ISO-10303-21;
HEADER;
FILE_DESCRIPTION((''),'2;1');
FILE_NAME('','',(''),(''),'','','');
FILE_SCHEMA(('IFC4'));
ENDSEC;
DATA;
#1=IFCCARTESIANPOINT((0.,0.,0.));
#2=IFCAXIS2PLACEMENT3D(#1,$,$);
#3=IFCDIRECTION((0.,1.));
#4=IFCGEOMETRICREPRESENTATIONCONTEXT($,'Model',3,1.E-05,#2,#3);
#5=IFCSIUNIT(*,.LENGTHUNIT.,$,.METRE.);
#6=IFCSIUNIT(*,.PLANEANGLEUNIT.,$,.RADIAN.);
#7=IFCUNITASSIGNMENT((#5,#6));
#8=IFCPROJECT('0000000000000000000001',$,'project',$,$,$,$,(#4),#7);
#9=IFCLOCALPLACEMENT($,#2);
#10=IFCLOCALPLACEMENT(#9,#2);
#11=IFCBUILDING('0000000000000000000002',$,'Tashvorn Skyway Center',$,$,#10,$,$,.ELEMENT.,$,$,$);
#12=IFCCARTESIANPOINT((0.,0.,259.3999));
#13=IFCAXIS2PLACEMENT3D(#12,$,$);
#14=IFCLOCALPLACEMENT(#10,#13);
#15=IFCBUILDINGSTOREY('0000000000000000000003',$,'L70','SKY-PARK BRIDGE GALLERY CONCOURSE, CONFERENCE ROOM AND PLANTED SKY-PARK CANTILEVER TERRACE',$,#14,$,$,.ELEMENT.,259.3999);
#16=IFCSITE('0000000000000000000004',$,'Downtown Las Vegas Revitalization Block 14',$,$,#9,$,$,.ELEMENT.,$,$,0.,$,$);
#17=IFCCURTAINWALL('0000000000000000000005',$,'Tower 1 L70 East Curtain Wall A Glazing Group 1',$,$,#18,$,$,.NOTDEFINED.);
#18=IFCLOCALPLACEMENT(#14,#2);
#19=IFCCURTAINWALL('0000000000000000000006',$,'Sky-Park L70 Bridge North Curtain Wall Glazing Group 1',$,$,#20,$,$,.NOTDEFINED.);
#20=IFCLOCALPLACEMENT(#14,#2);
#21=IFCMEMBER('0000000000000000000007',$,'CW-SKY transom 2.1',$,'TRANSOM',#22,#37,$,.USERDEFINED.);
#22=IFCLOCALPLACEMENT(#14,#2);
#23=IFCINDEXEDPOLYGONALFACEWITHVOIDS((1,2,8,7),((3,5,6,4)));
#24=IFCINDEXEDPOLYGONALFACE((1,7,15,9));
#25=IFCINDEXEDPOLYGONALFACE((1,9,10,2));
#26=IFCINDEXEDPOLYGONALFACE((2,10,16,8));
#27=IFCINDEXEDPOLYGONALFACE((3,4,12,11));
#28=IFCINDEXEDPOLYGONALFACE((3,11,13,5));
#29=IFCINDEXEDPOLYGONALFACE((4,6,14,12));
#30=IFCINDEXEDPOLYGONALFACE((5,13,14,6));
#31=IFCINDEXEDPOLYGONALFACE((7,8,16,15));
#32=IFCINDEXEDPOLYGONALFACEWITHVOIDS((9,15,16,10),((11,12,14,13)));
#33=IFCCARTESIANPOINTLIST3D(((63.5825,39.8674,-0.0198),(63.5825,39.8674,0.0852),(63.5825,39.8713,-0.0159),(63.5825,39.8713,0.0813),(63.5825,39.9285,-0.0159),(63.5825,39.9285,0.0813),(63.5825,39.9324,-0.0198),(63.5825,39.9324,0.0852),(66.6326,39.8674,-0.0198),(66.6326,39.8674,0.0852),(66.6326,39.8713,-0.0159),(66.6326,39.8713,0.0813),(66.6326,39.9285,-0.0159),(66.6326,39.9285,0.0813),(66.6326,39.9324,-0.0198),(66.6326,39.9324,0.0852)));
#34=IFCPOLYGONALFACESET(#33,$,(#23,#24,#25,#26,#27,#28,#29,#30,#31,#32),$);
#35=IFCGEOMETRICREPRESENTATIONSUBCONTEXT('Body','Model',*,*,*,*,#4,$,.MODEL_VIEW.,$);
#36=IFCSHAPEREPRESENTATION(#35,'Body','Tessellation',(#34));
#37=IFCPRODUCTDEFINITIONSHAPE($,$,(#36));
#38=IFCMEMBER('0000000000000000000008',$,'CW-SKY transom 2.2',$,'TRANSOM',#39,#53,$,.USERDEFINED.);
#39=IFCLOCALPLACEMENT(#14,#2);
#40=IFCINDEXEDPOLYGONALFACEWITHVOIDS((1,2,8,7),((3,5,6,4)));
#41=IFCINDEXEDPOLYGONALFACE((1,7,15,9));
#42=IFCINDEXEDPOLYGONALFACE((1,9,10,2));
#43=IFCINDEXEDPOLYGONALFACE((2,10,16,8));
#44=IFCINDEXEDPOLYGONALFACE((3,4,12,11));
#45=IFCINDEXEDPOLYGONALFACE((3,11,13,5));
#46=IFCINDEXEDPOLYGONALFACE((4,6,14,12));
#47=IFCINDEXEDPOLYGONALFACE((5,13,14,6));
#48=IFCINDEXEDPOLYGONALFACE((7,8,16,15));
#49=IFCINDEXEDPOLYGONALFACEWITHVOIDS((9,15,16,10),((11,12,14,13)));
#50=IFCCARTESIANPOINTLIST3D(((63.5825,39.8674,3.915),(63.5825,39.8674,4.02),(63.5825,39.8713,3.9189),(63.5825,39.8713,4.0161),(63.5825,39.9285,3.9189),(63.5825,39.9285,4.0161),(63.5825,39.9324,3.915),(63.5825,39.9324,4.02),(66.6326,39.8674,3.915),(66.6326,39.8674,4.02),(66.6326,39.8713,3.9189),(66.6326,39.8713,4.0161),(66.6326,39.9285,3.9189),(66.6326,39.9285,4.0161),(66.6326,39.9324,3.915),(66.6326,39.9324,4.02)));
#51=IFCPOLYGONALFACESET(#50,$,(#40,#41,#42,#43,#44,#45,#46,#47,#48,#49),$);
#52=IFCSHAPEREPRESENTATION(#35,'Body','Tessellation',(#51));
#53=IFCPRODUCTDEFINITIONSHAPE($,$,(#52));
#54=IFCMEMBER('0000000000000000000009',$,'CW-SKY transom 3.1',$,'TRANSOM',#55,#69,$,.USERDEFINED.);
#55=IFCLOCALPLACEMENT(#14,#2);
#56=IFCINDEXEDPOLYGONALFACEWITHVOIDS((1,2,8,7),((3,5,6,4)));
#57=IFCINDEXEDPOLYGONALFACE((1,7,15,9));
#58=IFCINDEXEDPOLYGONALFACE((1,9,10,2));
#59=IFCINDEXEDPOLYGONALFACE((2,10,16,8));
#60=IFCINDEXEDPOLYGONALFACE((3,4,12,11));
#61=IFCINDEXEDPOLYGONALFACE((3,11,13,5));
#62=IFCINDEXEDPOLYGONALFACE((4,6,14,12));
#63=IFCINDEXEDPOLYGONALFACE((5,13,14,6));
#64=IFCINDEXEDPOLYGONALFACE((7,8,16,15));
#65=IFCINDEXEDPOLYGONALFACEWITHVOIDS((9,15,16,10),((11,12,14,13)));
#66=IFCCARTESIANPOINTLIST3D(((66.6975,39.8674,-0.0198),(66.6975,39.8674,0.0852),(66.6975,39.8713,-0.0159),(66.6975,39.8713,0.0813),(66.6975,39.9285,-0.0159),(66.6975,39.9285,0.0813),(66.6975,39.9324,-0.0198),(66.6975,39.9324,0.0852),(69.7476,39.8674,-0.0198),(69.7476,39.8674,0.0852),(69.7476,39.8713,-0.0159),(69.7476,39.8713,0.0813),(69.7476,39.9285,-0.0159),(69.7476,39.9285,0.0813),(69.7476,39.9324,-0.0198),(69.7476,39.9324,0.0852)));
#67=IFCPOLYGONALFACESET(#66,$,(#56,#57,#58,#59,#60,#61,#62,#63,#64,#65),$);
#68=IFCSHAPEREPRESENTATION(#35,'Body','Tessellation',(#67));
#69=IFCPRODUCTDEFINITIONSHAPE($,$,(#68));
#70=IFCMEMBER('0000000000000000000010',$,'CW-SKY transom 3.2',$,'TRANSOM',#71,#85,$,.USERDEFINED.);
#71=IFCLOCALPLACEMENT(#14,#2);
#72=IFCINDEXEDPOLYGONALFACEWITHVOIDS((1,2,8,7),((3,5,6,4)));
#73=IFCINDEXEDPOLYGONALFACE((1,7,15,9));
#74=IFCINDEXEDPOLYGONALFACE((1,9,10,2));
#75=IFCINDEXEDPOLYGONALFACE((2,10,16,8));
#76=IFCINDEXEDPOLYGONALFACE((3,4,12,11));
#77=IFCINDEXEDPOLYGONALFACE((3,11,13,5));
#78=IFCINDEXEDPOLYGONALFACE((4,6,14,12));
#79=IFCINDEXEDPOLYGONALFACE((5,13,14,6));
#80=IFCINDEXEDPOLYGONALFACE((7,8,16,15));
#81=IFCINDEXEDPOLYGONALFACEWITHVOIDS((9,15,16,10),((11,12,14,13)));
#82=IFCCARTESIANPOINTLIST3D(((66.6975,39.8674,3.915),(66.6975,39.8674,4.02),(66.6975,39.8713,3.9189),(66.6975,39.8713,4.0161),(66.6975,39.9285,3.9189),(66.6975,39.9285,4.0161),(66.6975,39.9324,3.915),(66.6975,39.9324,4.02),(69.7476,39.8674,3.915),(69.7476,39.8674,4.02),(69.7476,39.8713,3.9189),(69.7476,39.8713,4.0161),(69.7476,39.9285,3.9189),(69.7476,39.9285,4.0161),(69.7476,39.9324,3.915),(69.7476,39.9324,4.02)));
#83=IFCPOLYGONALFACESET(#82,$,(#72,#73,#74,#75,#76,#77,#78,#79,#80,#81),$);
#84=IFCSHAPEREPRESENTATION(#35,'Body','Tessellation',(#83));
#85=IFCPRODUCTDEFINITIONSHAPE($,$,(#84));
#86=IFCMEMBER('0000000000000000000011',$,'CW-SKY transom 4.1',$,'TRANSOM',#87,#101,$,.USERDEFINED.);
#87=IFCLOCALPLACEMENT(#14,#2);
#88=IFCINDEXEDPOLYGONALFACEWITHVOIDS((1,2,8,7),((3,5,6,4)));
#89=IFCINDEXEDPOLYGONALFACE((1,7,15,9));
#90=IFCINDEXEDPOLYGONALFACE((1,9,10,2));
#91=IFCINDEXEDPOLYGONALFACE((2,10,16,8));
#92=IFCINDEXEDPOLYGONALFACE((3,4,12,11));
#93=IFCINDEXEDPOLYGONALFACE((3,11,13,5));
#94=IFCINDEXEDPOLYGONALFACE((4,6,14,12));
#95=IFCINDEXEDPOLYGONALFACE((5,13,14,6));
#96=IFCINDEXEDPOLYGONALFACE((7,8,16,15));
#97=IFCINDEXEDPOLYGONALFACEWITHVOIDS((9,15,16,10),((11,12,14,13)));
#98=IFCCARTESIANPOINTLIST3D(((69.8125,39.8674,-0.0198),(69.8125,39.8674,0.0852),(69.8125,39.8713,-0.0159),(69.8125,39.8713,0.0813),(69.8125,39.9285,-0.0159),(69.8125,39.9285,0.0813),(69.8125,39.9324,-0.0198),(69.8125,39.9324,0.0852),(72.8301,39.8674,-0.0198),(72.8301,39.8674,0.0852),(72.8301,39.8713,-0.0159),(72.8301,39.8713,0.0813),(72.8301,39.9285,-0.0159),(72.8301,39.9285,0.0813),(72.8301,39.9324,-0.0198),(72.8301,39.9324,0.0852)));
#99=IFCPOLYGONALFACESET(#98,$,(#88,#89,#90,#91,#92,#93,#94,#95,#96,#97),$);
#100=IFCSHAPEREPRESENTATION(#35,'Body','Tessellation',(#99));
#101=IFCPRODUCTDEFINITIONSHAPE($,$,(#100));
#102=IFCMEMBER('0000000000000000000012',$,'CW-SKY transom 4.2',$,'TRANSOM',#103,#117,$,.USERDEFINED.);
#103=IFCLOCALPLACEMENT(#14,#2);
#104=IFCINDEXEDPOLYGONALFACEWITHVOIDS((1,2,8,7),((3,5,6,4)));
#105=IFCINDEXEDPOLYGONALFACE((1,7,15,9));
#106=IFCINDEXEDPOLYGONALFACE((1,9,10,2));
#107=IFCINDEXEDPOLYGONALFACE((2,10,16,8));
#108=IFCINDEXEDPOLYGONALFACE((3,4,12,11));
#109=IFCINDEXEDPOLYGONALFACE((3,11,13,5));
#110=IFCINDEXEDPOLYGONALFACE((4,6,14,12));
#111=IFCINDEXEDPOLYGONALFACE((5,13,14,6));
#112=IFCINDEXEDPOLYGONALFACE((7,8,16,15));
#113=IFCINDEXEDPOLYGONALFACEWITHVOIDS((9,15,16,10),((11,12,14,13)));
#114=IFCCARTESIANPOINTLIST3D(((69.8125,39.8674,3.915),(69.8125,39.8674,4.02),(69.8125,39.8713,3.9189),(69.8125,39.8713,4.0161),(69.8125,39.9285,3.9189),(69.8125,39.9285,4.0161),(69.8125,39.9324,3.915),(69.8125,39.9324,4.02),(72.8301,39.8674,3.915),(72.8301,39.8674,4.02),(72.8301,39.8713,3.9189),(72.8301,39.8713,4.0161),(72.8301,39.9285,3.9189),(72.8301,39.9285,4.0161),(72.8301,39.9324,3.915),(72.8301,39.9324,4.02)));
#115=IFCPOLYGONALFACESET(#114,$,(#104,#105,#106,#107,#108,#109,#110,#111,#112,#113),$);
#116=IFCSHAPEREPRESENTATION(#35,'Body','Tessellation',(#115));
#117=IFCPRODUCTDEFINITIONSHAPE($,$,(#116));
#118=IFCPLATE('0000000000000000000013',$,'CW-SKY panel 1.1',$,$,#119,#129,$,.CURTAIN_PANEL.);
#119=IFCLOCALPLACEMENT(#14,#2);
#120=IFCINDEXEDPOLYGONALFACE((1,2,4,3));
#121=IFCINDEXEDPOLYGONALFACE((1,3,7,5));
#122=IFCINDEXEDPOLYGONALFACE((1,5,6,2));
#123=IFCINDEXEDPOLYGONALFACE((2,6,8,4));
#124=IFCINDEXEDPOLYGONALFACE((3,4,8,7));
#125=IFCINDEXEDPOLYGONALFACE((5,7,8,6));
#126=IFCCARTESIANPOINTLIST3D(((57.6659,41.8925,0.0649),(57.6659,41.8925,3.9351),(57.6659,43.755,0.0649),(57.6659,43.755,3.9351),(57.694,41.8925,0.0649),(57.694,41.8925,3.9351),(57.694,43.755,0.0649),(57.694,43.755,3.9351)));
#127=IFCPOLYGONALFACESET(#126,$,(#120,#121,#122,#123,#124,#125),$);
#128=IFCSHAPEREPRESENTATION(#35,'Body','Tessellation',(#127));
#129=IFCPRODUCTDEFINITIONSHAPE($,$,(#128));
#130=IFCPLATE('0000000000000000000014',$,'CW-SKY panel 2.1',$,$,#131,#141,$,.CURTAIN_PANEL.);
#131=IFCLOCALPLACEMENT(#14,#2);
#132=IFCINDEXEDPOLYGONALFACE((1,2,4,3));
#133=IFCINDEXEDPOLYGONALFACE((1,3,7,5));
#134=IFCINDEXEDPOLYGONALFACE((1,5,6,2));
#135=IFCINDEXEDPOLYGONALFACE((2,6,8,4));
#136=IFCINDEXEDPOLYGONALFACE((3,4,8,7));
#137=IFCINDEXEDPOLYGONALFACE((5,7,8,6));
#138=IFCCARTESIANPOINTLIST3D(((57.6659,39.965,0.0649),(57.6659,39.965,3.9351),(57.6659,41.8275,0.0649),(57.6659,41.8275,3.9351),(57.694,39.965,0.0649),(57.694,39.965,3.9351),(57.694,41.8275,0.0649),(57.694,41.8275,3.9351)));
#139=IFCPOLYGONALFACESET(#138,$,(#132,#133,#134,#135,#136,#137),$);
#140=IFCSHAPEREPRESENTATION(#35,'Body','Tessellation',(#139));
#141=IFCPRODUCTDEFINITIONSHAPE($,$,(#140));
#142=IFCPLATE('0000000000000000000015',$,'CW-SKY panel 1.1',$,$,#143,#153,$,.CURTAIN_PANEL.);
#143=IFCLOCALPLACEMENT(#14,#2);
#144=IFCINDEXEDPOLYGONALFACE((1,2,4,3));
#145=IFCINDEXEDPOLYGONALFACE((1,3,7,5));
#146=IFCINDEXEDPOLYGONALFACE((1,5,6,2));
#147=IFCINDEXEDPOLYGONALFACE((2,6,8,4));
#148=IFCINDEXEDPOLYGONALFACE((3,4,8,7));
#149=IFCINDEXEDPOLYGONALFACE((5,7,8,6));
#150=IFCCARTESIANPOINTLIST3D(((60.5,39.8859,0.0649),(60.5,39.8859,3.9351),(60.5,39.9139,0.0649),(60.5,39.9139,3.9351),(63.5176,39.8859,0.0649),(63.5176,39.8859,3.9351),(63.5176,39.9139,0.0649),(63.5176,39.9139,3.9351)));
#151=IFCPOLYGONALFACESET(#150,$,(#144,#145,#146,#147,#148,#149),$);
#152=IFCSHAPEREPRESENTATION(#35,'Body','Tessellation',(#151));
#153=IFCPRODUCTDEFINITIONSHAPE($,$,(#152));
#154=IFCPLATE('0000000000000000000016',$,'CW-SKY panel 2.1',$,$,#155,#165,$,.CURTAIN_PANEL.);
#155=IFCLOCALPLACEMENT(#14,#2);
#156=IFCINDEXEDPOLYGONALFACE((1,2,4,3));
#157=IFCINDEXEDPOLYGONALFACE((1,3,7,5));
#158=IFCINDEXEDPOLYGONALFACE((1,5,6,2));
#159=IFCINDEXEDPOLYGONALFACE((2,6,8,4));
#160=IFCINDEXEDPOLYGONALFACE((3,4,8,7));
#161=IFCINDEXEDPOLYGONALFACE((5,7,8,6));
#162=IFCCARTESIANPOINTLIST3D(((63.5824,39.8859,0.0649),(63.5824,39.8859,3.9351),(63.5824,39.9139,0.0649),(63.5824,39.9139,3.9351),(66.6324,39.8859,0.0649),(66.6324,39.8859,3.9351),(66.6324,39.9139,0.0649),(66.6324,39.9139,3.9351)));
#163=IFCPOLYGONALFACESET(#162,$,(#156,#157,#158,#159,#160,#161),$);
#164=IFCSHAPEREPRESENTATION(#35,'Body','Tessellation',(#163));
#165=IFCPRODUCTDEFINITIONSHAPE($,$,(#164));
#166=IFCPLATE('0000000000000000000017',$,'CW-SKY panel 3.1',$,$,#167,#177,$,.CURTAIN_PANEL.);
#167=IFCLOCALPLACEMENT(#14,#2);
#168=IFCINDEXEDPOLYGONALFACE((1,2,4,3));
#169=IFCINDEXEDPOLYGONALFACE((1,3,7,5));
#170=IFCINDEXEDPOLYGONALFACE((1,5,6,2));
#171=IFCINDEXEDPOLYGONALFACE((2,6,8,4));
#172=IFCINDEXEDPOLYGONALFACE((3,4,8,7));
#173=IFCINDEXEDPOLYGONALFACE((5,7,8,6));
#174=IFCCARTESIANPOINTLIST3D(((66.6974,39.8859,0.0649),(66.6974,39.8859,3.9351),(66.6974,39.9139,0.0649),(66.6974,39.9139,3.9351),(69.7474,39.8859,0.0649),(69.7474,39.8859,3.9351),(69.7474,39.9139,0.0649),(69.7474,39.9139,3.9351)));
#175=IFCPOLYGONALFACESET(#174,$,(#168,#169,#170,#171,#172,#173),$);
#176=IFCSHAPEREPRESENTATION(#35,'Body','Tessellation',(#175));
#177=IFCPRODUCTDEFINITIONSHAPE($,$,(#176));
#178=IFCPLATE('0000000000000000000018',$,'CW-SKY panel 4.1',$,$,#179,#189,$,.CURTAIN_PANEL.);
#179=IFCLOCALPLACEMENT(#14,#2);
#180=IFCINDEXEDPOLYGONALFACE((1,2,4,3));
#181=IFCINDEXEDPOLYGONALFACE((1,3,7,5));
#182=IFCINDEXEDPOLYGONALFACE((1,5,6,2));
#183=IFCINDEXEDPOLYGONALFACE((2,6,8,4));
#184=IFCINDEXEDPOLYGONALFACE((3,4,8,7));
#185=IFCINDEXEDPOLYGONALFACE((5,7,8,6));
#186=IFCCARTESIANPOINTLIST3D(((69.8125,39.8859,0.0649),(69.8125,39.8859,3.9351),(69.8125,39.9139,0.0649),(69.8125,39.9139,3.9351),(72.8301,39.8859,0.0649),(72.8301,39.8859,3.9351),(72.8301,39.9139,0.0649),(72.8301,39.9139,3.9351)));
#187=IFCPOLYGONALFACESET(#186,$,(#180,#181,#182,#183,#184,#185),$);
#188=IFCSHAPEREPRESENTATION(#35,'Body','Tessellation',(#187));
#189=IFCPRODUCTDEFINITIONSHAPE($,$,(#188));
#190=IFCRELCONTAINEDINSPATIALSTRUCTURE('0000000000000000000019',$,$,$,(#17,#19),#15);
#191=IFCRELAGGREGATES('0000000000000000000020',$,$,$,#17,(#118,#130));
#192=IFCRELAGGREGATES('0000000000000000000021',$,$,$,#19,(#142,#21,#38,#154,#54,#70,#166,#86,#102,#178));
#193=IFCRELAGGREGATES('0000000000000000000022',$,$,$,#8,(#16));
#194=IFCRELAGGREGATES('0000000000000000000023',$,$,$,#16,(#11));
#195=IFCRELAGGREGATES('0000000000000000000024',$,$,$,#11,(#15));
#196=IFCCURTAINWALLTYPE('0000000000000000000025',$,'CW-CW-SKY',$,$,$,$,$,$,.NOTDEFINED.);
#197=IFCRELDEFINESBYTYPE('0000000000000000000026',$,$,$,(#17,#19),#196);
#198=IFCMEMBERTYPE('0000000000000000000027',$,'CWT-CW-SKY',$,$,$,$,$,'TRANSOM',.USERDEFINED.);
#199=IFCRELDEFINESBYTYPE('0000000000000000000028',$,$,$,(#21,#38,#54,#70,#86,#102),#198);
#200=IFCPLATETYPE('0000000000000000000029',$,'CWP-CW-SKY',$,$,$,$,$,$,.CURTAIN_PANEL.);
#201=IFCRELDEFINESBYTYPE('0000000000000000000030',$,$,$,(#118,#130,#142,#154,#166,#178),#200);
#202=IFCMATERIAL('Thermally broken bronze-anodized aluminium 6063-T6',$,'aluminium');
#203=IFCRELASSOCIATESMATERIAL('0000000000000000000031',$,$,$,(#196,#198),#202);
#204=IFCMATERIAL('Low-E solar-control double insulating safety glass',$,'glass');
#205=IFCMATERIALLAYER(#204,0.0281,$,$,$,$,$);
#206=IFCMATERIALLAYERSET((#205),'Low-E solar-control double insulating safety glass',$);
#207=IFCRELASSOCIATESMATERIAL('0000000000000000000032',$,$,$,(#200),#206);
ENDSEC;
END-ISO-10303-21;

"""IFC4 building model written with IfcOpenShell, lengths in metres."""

from ifc_helpers import new_model, si_unit, direction, frame, origin, origin_2d, place, context, subcontext, project, spatial, rectangle, hollow_rectangle, extrude, material, layer, layer_set, material_profile, profile_set, type_object, element, aggregate, save


model = new_model("IFC4")

# Units and contexts
model_context = context("Model", 3, precision=1e-05, world=origin(), true_north=direction((0.0, 1.0)))
body_context = subcontext(model_context, "Body", "Model", "MODEL_VIEW")
ifc_project = project(units=[si_unit("LENGTHUNIT", "METRE"), si_unit("PLANEANGLEUNIT", "RADIAN")], contexts=[model_context])

# Site, building, storey
site_placement = place(None, origin())
site = spatial("IfcSite", under=ifc_project, at=site_placement, Name="Downtown Las Vegas Revitalization Block 14", CompositionType="ELEMENT", RefElevation=0.0)
building_placement = place(site_placement, origin())
building = spatial("IfcBuilding", under=site, at=building_placement, Name="Tashvorn Skyway Center", CompositionType="ELEMENT")
storey_placement = place(building_placement, frame((0.0, 0.0, 259.3999)))
storey = spatial("IfcBuildingStorey", under=building, at=storey_placement, Name="L70", Description="SKY-PARK BRIDGE GALLERY CONCOURSE, CONFERENCE ROOM AND PLANTED SKY-PARK CANTILEVER TERRACE", CompositionType="ELEMENT", Elevation=259.3999)

# Curtain walls
ifc_material_1 = material(Name="Thermally broken bronze-anodized aluminium 6063-T6", Category="aluminium")
curtain_wall_type = type_object("IfcCurtainWallType", Name="CW-CW-SKY", PredefinedType="NOTDEFINED", material=ifc_material_1)
curtain_wall_1_placement = place(storey_placement, origin())
curtain_wall_1 = element("IfcCurtainWall", 1, at=curtain_wall_1_placement, inside=storey, type_object=curtain_wall_type, Name="Tower 1 L70 East Curtain Wall A Glazing Group 1", PredefinedType="NOTDEFINED")
curtain_wall_2_placement = place(storey_placement, origin())
curtain_wall_2 = element("IfcCurtainWall", 2, at=curtain_wall_2_placement, inside=storey, type_object=curtain_wall_type, Name="Sky-Park L70 Bridge North Curtain Wall Glazing Group 1", PredefinedType="NOTDEFINED")

# Members
ifc_material_profile_1 = material_profile(ifc_material_1, hollow_rectangle(XDim=0.0649, YDim=0.105, WallThickness=0.0039, at=origin_2d()), Name="ALU-TRAN-65x105")
ifc_profile_set_1 = profile_set([ifc_material_profile_1], Name="Thermally broken bronze-anodized aluminium 6063-T6")
member_type_1 = type_object("IfcMemberType", Name="CWT-CW-SKY", ElementType="TRANSOM", PredefinedType="USERDEFINED", material=ifc_profile_set_1)
member_1_placement = place(storey_placement, frame((63.5825, 39.8999, 0.0327), z_axis=(1.0, 0.0, 0.0), x_axis=(0.0, 1.0, 0.0)))
member_1 = element("IfcMember", 3, at=member_1_placement, type_object=member_type_1, Name="CW-SKY transom 2.1", ObjectType="TRANSOM", PredefinedType="USERDEFINED", context=body_context, shape_type="SweptSolid", body=[
    extrude(hollow_rectangle(XDim=0.0649, YDim=0.105, WallThickness=0.0039, at=origin_2d()), origin(), (0.0, 0.0, 1.0), 3.05),
])
member_2_placement = place(storey_placement, frame((63.5825, 39.8999, 3.9675), z_axis=(1.0, 0.0, 0.0), x_axis=(0.0, 1.0, 0.0)))
member_2 = element("IfcMember", 4, at=member_2_placement, type_object=member_type_1, Name="CW-SKY transom 2.2", ObjectType="TRANSOM", PredefinedType="USERDEFINED", context=body_context, shape_type="SweptSolid", body=[
    extrude(hollow_rectangle(XDim=0.0649, YDim=0.105, WallThickness=0.0039, at=origin_2d()), origin(), (0.0, 0.0, 1.0), 3.05),
])
member_3_placement = place(storey_placement, frame((66.6975, 39.8999, 0.0327), z_axis=(1.0, 0.0, 0.0), x_axis=(0.0, 1.0, 0.0)))
member_3 = element("IfcMember", 5, at=member_3_placement, type_object=member_type_1, Name="CW-SKY transom 3.1", ObjectType="TRANSOM", PredefinedType="USERDEFINED", context=body_context, shape_type="SweptSolid", body=[
    extrude(hollow_rectangle(XDim=0.0649, YDim=0.105, WallThickness=0.0039, at=origin_2d()), origin(), (0.0, 0.0, 1.0), 3.05),
])
member_4_placement = place(storey_placement, frame((66.6975, 39.8999, 3.9675), z_axis=(1.0, 0.0, 0.0), x_axis=(0.0, 1.0, 0.0)))
member_4 = element("IfcMember", 6, at=member_4_placement, type_object=member_type_1, Name="CW-SKY transom 3.2", ObjectType="TRANSOM", PredefinedType="USERDEFINED", context=body_context, shape_type="SweptSolid", body=[
    extrude(hollow_rectangle(XDim=0.0649, YDim=0.105, WallThickness=0.0039, at=origin_2d()), origin(), (0.0, 0.0, 1.0), 3.05),
])
member_5_placement = place(storey_placement, frame((69.8125, 39.8999, 0.0327), z_axis=(1.0, 0.0, 0.0), x_axis=(0.0, 1.0, 0.0)))
member_5 = element("IfcMember", 7, at=member_5_placement, type_object=member_type_1, Name="CW-SKY transom 4.1", ObjectType="TRANSOM", PredefinedType="USERDEFINED", context=body_context, shape_type="SweptSolid", body=[
    extrude(hollow_rectangle(XDim=0.0649, YDim=0.105, WallThickness=0.0039, at=origin_2d()), origin(), (0.0, 0.0, 1.0), 3.0176),
])
member_6_placement = place(storey_placement, frame((69.8125, 39.8999, 3.9675), z_axis=(1.0, 0.0, 0.0), x_axis=(0.0, 1.0, 0.0)))
member_6 = element("IfcMember", 8, at=member_6_placement, type_object=member_type_1, Name="CW-SKY transom 4.2", ObjectType="TRANSOM", PredefinedType="USERDEFINED", context=body_context, shape_type="SweptSolid", body=[
    extrude(hollow_rectangle(XDim=0.0649, YDim=0.105, WallThickness=0.0039, at=origin_2d()), origin(), (0.0, 0.0, 1.0), 3.0176),
])

# Plates
ifc_material_2 = material(Name="Low-E solar-control double insulating safety glass", Category="glass")
ifc_layer_1 = layer(ifc_material_2, 0.0281)
ifc_layer_set_1 = layer_set([ifc_layer_1], Name="Low-E solar-control double insulating safety glass")
plate_type = type_object("IfcPlateType", Name="CWP-CW-SKY", PredefinedType="CURTAIN_PANEL", material=ifc_layer_set_1)
plate_1_placement = place(storey_placement, frame((57.6799, 42.8237, 0.0649), z_axis=(0.0, 0.0, 1.0), x_axis=(0.0, -1.0, 0.0)))
plate_1 = element("IfcPlate", 9, at=plate_1_placement, type_object=plate_type, Name="CW-SKY panel 1.1", PredefinedType="CURTAIN_PANEL", context=body_context, shape_type="SweptSolid", body=[
    extrude(rectangle(XDim=1.8625, YDim=0.0281, at=origin_2d()), origin(), (0.0, 0.0, 1.0), 3.8701),
])
plate_2_placement = place(storey_placement, frame((57.6799, 40.8962, 0.0649), z_axis=(0.0, 0.0, 1.0), x_axis=(0.0, -1.0, 0.0)))
plate_2 = element("IfcPlate", 10, at=plate_2_placement, type_object=plate_type, Name="CW-SKY panel 2.1", PredefinedType="CURTAIN_PANEL", context=body_context, shape_type="SweptSolid", body=[
    extrude(rectangle(XDim=1.8625, YDim=0.0281, at=origin_2d()), origin(), (0.0, 0.0, 1.0), 3.8701),
])
aggregate(curtain_wall_1, [plate_1, plate_2])
plate_3_placement = place(storey_placement, frame((62.0088, 39.8999, 0.0649), z_axis=(0.0, 0.0, 1.0), x_axis=(1.0, 0.0, 0.0)))
plate_3 = element("IfcPlate", 11, at=plate_3_placement, type_object=plate_type, Name="CW-SKY panel 1.1", PredefinedType="CURTAIN_PANEL", context=body_context, shape_type="SweptSolid", body=[
    extrude(rectangle(XDim=3.0176, YDim=0.0281, at=origin_2d()), origin(), (0.0, 0.0, 1.0), 3.8701),
])
plate_4_placement = place(storey_placement, frame((65.1074, 39.8999, 0.0649), z_axis=(0.0, 0.0, 1.0), x_axis=(1.0, 0.0, 0.0)))
plate_4 = element("IfcPlate", 12, at=plate_4_placement, type_object=plate_type, Name="CW-SKY panel 2.1", PredefinedType="CURTAIN_PANEL", context=body_context, shape_type="SweptSolid", body=[
    extrude(rectangle(XDim=3.05, YDim=0.0281, at=origin_2d()), origin(), (0.0, 0.0, 1.0), 3.8701),
])
plate_5_placement = place(storey_placement, frame((68.2224, 39.8999, 0.0649), z_axis=(0.0, 0.0, 1.0), x_axis=(1.0, 0.0, 0.0)))
plate_5 = element("IfcPlate", 13, at=plate_5_placement, type_object=plate_type, Name="CW-SKY panel 3.1", PredefinedType="CURTAIN_PANEL", context=body_context, shape_type="SweptSolid", body=[
    extrude(rectangle(XDim=3.05, YDim=0.0281, at=origin_2d()), origin(), (0.0, 0.0, 1.0), 3.8701),
])
plate_6_placement = place(storey_placement, frame((71.3213, 39.8999, 0.0649), z_axis=(0.0, 0.0, 1.0), x_axis=(1.0, 0.0, 0.0)))
plate_6 = element("IfcPlate", 14, at=plate_6_placement, type_object=plate_type, Name="CW-SKY panel 4.1", PredefinedType="CURTAIN_PANEL", context=body_context, shape_type="SweptSolid", body=[
    extrude(rectangle(XDim=3.0176, YDim=0.0281, at=origin_2d()), origin(), (0.0, 0.0, 1.0), 3.8701),
])
aggregate(curtain_wall_2, [plate_3, member_1, member_2, plate_4, member_3, member_4, plate_5, member_5, member_6, plate_6])

save(model, "model.ifc")
